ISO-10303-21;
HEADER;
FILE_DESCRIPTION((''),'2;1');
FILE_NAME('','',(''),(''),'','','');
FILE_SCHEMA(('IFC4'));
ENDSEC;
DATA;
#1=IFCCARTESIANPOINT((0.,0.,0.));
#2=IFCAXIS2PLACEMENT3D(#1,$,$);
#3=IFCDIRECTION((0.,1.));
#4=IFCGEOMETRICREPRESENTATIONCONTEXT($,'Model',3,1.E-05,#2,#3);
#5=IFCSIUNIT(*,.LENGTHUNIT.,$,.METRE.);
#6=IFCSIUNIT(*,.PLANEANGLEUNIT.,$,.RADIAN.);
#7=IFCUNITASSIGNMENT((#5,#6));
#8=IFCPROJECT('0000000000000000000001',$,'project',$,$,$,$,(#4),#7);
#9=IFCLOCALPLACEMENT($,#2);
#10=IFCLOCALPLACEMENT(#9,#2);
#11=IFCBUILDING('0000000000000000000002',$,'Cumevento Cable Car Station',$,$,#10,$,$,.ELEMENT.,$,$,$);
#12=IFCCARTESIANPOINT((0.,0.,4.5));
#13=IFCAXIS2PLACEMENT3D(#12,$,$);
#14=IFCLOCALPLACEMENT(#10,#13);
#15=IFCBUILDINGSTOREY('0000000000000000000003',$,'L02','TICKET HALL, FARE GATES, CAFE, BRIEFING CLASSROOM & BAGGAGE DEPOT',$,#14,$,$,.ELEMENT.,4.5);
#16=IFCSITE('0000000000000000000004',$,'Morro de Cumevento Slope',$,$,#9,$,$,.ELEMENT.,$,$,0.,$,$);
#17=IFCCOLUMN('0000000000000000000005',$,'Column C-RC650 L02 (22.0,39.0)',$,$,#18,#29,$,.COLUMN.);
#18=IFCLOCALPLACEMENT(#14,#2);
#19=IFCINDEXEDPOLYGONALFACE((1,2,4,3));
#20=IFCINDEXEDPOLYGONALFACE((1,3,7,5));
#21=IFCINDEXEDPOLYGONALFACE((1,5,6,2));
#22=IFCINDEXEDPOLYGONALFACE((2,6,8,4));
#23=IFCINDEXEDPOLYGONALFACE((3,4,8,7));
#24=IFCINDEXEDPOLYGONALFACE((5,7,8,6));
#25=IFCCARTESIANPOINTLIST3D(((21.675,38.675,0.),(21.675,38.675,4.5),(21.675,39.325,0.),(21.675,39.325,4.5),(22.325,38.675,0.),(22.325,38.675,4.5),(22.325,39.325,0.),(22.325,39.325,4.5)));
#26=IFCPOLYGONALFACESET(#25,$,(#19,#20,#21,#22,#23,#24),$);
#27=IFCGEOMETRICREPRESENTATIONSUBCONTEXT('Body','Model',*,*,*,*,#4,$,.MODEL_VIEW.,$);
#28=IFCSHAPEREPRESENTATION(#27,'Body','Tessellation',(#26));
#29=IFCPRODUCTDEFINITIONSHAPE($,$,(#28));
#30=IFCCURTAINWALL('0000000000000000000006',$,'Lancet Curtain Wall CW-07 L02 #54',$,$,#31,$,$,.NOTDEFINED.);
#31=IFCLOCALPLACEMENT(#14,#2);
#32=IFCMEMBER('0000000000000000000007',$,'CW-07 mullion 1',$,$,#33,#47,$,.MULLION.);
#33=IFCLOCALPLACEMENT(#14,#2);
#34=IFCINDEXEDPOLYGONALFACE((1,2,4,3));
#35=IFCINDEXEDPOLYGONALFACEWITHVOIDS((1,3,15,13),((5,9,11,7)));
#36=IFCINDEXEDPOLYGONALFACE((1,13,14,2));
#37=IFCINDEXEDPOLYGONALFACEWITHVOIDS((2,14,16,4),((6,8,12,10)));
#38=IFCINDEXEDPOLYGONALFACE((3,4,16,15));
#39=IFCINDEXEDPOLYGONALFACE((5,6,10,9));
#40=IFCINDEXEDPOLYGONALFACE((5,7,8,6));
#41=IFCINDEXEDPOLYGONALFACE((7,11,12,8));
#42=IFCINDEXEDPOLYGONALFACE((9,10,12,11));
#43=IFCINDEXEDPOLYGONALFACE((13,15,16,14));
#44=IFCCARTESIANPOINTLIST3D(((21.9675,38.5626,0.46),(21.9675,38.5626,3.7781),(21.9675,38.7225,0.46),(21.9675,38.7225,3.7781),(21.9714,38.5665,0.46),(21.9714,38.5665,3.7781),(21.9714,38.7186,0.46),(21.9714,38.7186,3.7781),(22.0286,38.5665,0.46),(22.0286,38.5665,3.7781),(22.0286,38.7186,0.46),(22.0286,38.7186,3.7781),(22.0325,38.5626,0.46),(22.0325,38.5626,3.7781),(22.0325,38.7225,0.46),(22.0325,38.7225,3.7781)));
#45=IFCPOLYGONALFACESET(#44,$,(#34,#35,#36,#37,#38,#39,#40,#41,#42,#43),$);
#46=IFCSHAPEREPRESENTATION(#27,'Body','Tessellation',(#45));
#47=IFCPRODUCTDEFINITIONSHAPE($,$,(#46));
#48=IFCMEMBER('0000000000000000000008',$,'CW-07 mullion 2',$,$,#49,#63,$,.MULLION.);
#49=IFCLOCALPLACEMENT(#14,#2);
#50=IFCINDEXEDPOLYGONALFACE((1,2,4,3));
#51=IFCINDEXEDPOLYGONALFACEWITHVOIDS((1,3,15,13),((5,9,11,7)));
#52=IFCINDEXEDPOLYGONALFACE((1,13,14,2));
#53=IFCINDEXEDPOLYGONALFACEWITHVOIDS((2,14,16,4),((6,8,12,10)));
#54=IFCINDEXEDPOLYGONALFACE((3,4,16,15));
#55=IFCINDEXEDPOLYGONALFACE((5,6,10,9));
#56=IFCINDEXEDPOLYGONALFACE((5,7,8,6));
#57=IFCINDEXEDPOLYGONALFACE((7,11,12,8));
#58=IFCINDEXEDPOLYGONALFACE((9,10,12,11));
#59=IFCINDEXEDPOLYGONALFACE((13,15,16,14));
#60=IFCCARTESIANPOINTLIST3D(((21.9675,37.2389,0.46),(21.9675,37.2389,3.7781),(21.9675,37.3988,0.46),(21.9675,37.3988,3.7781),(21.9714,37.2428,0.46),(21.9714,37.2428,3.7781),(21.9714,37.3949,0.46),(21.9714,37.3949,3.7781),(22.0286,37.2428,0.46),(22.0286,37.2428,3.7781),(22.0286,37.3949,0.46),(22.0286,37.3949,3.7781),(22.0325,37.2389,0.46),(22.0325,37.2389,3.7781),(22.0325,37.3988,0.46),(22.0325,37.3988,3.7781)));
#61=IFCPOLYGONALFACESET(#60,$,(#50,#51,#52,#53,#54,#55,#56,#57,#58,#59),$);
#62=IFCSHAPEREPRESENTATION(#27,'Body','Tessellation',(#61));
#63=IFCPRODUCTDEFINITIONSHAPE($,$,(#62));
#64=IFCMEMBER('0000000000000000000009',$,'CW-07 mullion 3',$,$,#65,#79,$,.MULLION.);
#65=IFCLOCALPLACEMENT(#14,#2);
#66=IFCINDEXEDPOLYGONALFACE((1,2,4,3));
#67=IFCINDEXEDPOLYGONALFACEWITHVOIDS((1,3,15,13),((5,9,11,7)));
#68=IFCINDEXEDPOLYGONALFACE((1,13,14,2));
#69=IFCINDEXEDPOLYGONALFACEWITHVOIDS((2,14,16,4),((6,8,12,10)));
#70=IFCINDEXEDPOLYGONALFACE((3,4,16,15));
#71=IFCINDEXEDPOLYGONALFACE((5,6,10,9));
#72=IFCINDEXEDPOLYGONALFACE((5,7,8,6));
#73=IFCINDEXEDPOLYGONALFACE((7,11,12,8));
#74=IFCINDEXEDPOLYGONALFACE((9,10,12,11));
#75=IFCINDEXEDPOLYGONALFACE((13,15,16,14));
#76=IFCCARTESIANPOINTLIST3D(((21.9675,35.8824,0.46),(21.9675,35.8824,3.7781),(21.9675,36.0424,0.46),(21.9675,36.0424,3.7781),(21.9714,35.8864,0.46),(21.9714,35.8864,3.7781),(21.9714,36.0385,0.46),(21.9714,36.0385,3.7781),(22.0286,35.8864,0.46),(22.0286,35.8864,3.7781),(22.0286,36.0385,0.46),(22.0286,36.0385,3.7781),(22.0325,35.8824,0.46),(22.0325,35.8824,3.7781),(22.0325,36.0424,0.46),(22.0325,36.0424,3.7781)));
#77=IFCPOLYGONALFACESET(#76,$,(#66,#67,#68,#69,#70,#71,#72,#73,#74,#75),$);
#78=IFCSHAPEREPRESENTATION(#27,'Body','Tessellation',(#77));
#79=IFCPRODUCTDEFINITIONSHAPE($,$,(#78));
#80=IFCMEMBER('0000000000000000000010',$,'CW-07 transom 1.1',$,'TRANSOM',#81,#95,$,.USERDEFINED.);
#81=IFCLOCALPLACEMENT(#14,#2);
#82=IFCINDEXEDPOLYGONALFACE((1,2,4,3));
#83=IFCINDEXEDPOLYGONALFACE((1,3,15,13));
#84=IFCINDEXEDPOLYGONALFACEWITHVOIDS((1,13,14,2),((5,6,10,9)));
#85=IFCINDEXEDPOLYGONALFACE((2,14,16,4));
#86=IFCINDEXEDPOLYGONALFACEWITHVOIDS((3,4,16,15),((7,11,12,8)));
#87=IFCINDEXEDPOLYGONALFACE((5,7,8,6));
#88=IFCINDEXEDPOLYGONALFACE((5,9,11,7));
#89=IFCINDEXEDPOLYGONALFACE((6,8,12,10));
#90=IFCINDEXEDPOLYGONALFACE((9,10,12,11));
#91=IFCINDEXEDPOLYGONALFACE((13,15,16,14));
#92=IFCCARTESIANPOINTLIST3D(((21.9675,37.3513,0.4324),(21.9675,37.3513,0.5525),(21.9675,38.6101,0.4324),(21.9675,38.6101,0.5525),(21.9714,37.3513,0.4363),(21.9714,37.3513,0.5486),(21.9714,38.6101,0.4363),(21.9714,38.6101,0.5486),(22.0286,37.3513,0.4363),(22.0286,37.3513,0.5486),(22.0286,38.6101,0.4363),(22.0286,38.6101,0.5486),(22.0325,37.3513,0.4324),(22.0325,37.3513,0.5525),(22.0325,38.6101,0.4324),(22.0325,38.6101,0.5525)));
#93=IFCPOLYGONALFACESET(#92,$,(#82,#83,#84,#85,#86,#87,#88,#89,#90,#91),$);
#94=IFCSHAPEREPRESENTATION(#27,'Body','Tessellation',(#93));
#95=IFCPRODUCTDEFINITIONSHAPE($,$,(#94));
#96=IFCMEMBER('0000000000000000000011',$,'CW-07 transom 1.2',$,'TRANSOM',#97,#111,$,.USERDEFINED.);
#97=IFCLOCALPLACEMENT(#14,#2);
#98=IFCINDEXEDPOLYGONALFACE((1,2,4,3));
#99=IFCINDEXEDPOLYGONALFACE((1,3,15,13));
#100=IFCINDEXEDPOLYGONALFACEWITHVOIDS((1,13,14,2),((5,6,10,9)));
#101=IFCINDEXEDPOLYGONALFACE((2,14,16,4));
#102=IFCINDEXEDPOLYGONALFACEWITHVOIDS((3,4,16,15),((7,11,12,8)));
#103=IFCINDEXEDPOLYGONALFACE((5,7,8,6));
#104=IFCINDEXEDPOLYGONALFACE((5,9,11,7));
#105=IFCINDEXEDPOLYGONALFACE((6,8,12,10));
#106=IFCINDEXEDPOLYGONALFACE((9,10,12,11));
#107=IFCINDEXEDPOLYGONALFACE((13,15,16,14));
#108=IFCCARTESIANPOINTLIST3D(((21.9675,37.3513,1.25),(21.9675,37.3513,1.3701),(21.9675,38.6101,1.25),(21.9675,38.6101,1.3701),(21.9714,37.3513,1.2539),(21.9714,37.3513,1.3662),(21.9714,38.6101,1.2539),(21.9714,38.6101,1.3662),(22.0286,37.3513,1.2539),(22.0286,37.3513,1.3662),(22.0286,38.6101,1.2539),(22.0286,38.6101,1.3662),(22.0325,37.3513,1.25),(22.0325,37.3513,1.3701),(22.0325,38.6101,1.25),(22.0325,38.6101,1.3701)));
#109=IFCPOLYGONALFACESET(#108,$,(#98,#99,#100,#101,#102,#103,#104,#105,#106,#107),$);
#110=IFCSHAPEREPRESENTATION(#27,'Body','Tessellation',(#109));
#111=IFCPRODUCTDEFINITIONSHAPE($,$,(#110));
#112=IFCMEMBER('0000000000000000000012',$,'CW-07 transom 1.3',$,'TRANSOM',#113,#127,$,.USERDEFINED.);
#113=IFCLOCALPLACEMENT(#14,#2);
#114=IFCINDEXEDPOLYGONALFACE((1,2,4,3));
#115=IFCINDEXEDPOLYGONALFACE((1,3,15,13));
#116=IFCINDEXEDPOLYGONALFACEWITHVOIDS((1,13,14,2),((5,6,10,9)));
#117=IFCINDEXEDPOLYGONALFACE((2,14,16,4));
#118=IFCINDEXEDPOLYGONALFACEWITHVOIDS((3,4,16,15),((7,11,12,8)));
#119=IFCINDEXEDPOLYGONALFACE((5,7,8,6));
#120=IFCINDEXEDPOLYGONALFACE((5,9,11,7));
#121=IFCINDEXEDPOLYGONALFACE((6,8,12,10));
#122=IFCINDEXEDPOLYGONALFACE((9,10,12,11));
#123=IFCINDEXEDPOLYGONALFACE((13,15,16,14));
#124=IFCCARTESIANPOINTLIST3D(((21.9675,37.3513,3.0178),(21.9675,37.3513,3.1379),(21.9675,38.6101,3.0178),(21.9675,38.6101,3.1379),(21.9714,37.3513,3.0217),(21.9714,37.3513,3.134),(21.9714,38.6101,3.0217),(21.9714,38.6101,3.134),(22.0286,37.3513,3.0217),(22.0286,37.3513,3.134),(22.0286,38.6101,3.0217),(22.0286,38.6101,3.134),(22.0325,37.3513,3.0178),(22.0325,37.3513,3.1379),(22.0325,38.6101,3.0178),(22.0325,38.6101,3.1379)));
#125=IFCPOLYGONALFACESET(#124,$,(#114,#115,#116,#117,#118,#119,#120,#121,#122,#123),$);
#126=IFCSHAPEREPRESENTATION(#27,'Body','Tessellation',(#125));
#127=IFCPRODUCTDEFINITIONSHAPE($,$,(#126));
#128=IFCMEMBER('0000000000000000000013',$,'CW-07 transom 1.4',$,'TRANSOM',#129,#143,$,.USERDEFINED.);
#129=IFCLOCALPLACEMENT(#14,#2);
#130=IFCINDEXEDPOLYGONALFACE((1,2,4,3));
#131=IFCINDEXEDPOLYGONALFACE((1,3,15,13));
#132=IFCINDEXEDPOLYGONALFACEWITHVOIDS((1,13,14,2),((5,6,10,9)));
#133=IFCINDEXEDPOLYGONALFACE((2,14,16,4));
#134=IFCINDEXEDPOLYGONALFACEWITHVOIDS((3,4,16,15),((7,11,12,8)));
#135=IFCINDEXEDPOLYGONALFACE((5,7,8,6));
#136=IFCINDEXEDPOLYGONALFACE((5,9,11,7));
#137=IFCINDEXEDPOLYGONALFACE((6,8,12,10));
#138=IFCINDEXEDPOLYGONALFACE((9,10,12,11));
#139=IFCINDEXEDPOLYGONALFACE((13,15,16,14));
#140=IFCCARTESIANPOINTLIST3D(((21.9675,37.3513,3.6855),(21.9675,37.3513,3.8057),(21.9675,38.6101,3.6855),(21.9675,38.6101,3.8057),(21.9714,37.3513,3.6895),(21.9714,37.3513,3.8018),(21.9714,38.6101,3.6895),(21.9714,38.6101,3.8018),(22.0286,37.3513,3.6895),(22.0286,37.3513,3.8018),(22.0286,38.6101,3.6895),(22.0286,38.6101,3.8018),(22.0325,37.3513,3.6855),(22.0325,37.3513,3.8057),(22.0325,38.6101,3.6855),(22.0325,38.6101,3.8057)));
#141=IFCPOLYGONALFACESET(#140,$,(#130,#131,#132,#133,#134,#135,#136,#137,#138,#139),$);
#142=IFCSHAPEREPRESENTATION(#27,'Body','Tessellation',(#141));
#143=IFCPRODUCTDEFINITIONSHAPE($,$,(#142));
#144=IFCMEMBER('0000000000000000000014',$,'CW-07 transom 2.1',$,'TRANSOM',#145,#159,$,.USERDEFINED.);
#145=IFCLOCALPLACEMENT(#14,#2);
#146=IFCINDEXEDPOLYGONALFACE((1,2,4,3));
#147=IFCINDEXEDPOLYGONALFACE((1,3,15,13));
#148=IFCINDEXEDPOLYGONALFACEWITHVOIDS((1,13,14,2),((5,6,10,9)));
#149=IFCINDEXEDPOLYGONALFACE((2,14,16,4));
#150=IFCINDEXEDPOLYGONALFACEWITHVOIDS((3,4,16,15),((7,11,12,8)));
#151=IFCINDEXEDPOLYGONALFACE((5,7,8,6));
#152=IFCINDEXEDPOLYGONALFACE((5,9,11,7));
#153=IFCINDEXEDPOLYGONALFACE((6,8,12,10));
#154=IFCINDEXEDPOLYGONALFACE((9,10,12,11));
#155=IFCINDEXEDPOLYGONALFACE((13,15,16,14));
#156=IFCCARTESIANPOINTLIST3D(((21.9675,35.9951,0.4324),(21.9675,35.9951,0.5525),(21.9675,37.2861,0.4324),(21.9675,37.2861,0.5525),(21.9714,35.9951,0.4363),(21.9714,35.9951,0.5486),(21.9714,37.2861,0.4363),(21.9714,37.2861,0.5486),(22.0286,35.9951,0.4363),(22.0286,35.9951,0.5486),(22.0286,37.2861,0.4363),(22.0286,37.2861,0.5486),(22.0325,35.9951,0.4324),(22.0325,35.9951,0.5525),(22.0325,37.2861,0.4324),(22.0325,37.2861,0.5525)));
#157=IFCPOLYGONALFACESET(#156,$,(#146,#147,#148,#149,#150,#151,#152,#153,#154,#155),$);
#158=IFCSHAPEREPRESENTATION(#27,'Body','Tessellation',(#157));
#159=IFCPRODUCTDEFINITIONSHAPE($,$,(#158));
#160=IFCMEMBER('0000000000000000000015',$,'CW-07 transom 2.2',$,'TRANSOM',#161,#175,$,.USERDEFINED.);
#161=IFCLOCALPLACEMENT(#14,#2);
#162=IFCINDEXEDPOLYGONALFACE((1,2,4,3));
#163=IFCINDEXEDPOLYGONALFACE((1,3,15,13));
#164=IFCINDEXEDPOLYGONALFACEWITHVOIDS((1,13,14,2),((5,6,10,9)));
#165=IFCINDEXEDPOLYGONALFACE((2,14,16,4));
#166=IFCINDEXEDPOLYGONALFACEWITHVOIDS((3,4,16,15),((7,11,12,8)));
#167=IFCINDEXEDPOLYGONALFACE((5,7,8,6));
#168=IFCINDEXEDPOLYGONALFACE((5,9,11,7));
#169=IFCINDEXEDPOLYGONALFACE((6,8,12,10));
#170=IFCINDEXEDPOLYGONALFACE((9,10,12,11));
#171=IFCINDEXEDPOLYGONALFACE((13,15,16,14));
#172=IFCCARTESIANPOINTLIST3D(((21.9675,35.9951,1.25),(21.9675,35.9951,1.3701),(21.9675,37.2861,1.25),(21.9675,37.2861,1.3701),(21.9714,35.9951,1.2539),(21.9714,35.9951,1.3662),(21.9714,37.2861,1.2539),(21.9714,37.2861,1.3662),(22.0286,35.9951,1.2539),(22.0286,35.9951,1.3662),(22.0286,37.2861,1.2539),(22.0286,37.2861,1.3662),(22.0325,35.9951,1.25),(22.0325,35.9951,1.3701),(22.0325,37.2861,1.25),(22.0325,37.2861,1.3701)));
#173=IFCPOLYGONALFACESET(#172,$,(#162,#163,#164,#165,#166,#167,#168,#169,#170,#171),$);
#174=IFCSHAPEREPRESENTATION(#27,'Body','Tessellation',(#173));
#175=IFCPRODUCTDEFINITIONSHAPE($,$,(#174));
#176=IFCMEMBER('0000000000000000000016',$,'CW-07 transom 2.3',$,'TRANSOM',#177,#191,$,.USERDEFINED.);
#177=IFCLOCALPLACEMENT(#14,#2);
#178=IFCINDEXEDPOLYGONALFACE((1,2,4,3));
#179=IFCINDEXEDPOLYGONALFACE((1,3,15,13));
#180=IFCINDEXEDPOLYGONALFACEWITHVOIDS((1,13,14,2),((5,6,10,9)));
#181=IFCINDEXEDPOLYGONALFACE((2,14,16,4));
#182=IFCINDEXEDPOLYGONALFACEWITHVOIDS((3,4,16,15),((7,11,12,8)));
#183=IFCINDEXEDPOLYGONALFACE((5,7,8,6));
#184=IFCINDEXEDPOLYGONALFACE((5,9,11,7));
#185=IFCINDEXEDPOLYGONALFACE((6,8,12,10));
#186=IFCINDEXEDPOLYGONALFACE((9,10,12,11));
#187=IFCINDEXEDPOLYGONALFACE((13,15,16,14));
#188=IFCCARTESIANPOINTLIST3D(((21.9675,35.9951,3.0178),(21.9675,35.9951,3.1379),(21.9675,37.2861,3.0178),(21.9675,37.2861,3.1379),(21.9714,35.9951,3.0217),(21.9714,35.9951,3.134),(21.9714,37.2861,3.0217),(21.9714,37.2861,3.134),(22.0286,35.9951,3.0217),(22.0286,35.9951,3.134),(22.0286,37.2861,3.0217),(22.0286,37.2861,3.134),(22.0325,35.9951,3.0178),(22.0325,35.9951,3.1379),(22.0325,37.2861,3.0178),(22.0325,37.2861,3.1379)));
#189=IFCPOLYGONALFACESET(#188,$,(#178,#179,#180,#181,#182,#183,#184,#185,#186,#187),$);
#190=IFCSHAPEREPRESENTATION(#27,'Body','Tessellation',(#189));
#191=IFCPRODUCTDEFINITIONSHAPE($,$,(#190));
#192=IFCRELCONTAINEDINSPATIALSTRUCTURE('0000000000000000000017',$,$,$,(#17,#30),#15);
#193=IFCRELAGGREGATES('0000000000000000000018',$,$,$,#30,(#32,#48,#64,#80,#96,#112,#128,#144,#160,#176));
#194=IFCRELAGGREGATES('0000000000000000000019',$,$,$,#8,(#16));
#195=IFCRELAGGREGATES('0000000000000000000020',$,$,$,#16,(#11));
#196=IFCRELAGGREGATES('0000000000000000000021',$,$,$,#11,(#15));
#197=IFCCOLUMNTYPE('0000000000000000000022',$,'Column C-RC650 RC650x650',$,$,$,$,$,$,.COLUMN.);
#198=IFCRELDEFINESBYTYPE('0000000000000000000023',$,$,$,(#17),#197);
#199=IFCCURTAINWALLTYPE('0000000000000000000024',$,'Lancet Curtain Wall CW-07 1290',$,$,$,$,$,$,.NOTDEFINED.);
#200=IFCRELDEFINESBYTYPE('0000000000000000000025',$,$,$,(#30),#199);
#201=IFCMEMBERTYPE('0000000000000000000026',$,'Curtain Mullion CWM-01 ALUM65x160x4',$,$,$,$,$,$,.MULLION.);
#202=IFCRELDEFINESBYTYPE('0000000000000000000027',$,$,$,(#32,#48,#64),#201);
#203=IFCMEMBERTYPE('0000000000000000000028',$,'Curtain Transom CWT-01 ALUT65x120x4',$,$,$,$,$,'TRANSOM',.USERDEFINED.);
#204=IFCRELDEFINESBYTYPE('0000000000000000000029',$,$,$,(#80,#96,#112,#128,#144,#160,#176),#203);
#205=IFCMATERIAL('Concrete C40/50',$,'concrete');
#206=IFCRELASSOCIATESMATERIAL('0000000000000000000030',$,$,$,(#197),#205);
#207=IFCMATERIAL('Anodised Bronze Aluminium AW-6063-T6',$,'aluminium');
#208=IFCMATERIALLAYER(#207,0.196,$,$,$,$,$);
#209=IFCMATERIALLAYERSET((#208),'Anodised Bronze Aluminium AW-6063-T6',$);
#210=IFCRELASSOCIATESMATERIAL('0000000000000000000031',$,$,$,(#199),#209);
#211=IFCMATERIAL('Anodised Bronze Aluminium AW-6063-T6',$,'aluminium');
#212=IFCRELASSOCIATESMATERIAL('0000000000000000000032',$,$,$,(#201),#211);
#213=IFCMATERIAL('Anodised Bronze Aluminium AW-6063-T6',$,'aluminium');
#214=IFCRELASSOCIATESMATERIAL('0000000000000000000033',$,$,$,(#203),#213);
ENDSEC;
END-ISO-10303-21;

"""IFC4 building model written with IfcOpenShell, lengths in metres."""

from ifc_helpers import new_model, si_unit, direction, frame, origin, origin_2d, place, context, subcontext, project, spatial, rectangle, hollow_rectangle, extrude, material, layer, layer_set, material_profile, profile_set, type_object, element, aggregate, save


model = new_model("IFC4")

# Units and contexts
model_context = context("Model", 3, precision=1e-05, world=origin(), true_north=direction((0.0, 1.0)))
body_context = subcontext(model_context, "Body", "Model", "MODEL_VIEW")
ifc_project = project(units=[si_unit("LENGTHUNIT", "METRE"), si_unit("PLANEANGLEUNIT", "RADIAN")], contexts=[model_context])

# Site, building, storey
site_placement = place(None, origin())
site = spatial("IfcSite", under=ifc_project, at=site_placement, Name="Morro de Cumevento Slope", CompositionType="ELEMENT", RefElevation=0.0)
building_placement = place(site_placement, origin())
building = spatial("IfcBuilding", under=site, at=building_placement, Name="Cumevento Cable Car Station", CompositionType="ELEMENT")
storey_placement = place(building_placement, frame((0.0, 0.0, 4.5)))
storey = spatial("IfcBuildingStorey", under=building, at=storey_placement, Name="L02", Description="TICKET HALL, FARE GATES, CAFE, BRIEFING CLASSROOM & BAGGAGE DEPOT", CompositionType="ELEMENT", Elevation=4.5)

# Column
ifc_material_1 = material(Name="Concrete C40/50", Category="concrete")
ifc_material_profile_1 = material_profile(ifc_material_1, rectangle(XDim=0.6499, YDim=0.6499, at=origin_2d()), Name="RC650x650")
ifc_profile_set_1 = profile_set([ifc_material_profile_1], Name="Concrete C40/50")
column_type = type_object("IfcColumnType", Name="Column C-RC650 RC650x650", PredefinedType="COLUMN", material=ifc_profile_set_1)
column_placement = place(storey_placement, frame((22.0, 39.0, 0.0), z_axis=(0.0, 0.0, 1.0), x_axis=(1.0, 0.0, 0.0)))
element("IfcColumn", 1, at=column_placement, inside=storey, type_object=column_type, Name="Column C-RC650 L02 (22.0,39.0)", PredefinedType="COLUMN", context=body_context, shape_type="SweptSolid", body=[
    extrude(rectangle(XDim=0.6499, YDim=0.6499, at=origin_2d()), origin(), (0.0, 0.0, 1.0), 4.5),
])

# Curtain wall, members
ifc_material_2 = material(Name="Anodised Bronze Aluminium AW-6063-T6", Category="aluminium")
ifc_layer_1 = layer(ifc_material_2, 0.196)
ifc_layer_set_1 = layer_set([ifc_layer_1], Name="Anodised Bronze Aluminium AW-6063-T6")
curtain_wall_type = type_object("IfcCurtainWallType", Name="Lancet Curtain Wall CW-07 1290", PredefinedType="NOTDEFINED", material=ifc_layer_set_1)
curtain_wall_placement = place(storey_placement, origin())
curtain_wall = element("IfcCurtainWall", 2, at=curtain_wall_placement, inside=storey, type_object=curtain_wall_type, Name="Lancet Curtain Wall CW-07 L02 #54", PredefinedType="NOTDEFINED")
ifc_material_3 = material(Name="Anodised Bronze Aluminium AW-6063-T6", Category="aluminium")
ifc_material_profile_2 = material_profile(ifc_material_3, hollow_rectangle(XDim=0.0649, YDim=0.1599, WallThickness=0.0039, at=origin_2d()), Name="ALUM65x160x4")
ifc_profile_set_2 = profile_set([ifc_material_profile_2], Name="Anodised Bronze Aluminium AW-6063-T6")
member_type_1 = type_object("IfcMemberType", Name="Curtain Mullion CWM-01 ALUM65x160x4", PredefinedType="MULLION", material=ifc_profile_set_2)
member_1_placement = place(storey_placement, frame((22.0, 38.6426, 0.46), z_axis=(0.0, 0.0, 1.0), x_axis=(1.0, 0.0, 0.0)))
member_1 = element("IfcMember", 3, at=member_1_placement, type_object=member_type_1, Name="CW-07 mullion 1", PredefinedType="MULLION", context=body_context, shape_type="SweptSolid", body=[
    extrude(hollow_rectangle(XDim=0.0649, YDim=0.1599, WallThickness=0.0039, at=origin_2d()), origin(), (0.0, 0.0, 1.0), 3.3181),
])
member_2_placement = place(storey_placement, frame((22.0, 37.3188, 0.46), z_axis=(0.0, 0.0, 1.0), x_axis=(1.0, 0.0, 0.0)))
member_2 = element("IfcMember", 4, at=member_2_placement, type_object=member_type_1, Name="CW-07 mullion 2", PredefinedType="MULLION", context=body_context, shape_type="SweptSolid", body=[
    extrude(hollow_rectangle(XDim=0.0649, YDim=0.1599, WallThickness=0.0039, at=origin_2d()), origin(), (0.0, 0.0, 1.0), 3.3181),
])
member_3_placement = place(storey_placement, frame((22.0, 35.9624, 0.46), z_axis=(0.0, 0.0, 1.0), x_axis=(1.0, 0.0, 0.0)))
member_3 = element("IfcMember", 5, at=member_3_placement, type_object=member_type_1, Name="CW-07 mullion 3", PredefinedType="MULLION", context=body_context, shape_type="SweptSolid", body=[
    extrude(hollow_rectangle(XDim=0.0649, YDim=0.1599, WallThickness=0.0039, at=origin_2d()), origin(), (0.0, 0.0, 1.0), 3.3181),
])
ifc_material_4 = material(Name="Anodised Bronze Aluminium AW-6063-T6", Category="aluminium")
ifc_material_profile_3 = material_profile(ifc_material_4, hollow_rectangle(XDim=0.0649, YDim=0.1201, WallThickness=0.0039, at=origin_2d()), Name="ALUT65x120x4")
ifc_profile_set_3 = profile_set([ifc_material_profile_3], Name="Anodised Bronze Aluminium AW-6063-T6")
member_type_2 = type_object("IfcMemberType", Name="Curtain Transom CWT-01 ALUT65x120x4", ElementType="TRANSOM", PredefinedType="USERDEFINED", material=ifc_profile_set_3)
member_4_placement = place(storey_placement, frame((22.0, 38.6101, 0.4924), z_axis=(0.0, -1.0, 0.0), x_axis=(1.0, 0.0, 0.0)))
member_4 = element("IfcMember", 6, at=member_4_placement, type_object=member_type_2, Name="CW-07 transom 1.1", ObjectType="TRANSOM", PredefinedType="USERDEFINED", context=body_context, shape_type="SweptSolid", body=[
    extrude(hollow_rectangle(XDim=0.0649, YDim=0.1201, WallThickness=0.0039, at=origin_2d()), origin(), (0.0, 0.0, 1.0), 1.2588),
])
member_5_placement = place(storey_placement, frame((22.0, 38.6101, 1.3101), z_axis=(0.0, -1.0, 0.0), x_axis=(1.0, 0.0, 0.0)))
member_5 = element("IfcMember", 7, at=member_5_placement, type_object=member_type_2, Name="CW-07 transom 1.2", ObjectType="TRANSOM", PredefinedType="USERDEFINED", context=body_context, shape_type="SweptSolid", body=[
    extrude(hollow_rectangle(XDim=0.0649, YDim=0.1201, WallThickness=0.0039, at=origin_2d()), origin(), (0.0, 0.0, 1.0), 1.2588),
])
member_6_placement = place(storey_placement, frame((22.0, 38.6101, 3.0779), z_axis=(0.0, -1.0, 0.0), x_axis=(1.0, 0.0, 0.0)))
member_6 = element("IfcMember", 8, at=member_6_placement, type_object=member_type_2, Name="CW-07 transom 1.3", ObjectType="TRANSOM", PredefinedType="USERDEFINED", context=body_context, shape_type="SweptSolid", body=[
    extrude(hollow_rectangle(XDim=0.0649, YDim=0.1201, WallThickness=0.0039, at=origin_2d()), origin(), (0.0, 0.0, 1.0), 1.2588),
])
member_7_placement = place(storey_placement, frame((22.0, 38.6101, 3.7456), z_axis=(0.0, -1.0, 0.0), x_axis=(1.0, 0.0, 0.0)))
member_7 = element("IfcMember", 9, at=member_7_placement, type_object=member_type_2, Name="CW-07 transom 1.4", ObjectType="TRANSOM", PredefinedType="USERDEFINED", context=body_context, shape_type="SweptSolid", body=[
    extrude(hollow_rectangle(XDim=0.0649, YDim=0.1201, WallThickness=0.0039, at=origin_2d()), origin(), (0.0, 0.0, 1.0), 1.2588),
])
member_8_placement = place(storey_placement, frame((22.0, 37.2861, 0.4924), z_axis=(0.0, -1.0, 0.0), x_axis=(1.0, 0.0, 0.0)))
member_8 = element("IfcMember", 10, at=member_8_placement, type_object=member_type_2, Name="CW-07 transom 2.1", ObjectType="TRANSOM", PredefinedType="USERDEFINED", context=body_context, shape_type="SweptSolid", body=[
    extrude(hollow_rectangle(XDim=0.0649, YDim=0.1201, WallThickness=0.0039, at=origin_2d()), origin(), (0.0, 0.0, 1.0), 1.291),
])
member_9_placement = place(storey_placement, frame((22.0, 37.2861, 1.3101), z_axis=(0.0, -1.0, 0.0), x_axis=(1.0, 0.0, 0.0)))
member_9 = element("IfcMember", 11, at=member_9_placement, type_object=member_type_2, Name="CW-07 transom 2.2", ObjectType="TRANSOM", PredefinedType="USERDEFINED", context=body_context, shape_type="SweptSolid", body=[
    extrude(hollow_rectangle(XDim=0.0649, YDim=0.1201, WallThickness=0.0039, at=origin_2d()), origin(), (0.0, 0.0, 1.0), 1.291),
])
member_10_placement = place(storey_placement, frame((22.0, 37.2861, 3.0779), z_axis=(0.0, -1.0, 0.0), x_axis=(1.0, 0.0, 0.0)))
member_10 = element("IfcMember", 12, at=member_10_placement, type_object=member_type_2, Name="CW-07 transom 2.3", ObjectType="TRANSOM", PredefinedType="USERDEFINED", context=body_context, shape_type="SweptSolid", body=[
    extrude(hollow_rectangle(XDim=0.0649, YDim=0.1201, WallThickness=0.0039, at=origin_2d()), origin(), (0.0, 0.0, 1.0), 1.291),
])

aggregate(curtain_wall, [member_1, member_2, member_3, member_4, member_5, member_6, member_7, member_8, member_9, member_10])

save(model, "model.ifc")
